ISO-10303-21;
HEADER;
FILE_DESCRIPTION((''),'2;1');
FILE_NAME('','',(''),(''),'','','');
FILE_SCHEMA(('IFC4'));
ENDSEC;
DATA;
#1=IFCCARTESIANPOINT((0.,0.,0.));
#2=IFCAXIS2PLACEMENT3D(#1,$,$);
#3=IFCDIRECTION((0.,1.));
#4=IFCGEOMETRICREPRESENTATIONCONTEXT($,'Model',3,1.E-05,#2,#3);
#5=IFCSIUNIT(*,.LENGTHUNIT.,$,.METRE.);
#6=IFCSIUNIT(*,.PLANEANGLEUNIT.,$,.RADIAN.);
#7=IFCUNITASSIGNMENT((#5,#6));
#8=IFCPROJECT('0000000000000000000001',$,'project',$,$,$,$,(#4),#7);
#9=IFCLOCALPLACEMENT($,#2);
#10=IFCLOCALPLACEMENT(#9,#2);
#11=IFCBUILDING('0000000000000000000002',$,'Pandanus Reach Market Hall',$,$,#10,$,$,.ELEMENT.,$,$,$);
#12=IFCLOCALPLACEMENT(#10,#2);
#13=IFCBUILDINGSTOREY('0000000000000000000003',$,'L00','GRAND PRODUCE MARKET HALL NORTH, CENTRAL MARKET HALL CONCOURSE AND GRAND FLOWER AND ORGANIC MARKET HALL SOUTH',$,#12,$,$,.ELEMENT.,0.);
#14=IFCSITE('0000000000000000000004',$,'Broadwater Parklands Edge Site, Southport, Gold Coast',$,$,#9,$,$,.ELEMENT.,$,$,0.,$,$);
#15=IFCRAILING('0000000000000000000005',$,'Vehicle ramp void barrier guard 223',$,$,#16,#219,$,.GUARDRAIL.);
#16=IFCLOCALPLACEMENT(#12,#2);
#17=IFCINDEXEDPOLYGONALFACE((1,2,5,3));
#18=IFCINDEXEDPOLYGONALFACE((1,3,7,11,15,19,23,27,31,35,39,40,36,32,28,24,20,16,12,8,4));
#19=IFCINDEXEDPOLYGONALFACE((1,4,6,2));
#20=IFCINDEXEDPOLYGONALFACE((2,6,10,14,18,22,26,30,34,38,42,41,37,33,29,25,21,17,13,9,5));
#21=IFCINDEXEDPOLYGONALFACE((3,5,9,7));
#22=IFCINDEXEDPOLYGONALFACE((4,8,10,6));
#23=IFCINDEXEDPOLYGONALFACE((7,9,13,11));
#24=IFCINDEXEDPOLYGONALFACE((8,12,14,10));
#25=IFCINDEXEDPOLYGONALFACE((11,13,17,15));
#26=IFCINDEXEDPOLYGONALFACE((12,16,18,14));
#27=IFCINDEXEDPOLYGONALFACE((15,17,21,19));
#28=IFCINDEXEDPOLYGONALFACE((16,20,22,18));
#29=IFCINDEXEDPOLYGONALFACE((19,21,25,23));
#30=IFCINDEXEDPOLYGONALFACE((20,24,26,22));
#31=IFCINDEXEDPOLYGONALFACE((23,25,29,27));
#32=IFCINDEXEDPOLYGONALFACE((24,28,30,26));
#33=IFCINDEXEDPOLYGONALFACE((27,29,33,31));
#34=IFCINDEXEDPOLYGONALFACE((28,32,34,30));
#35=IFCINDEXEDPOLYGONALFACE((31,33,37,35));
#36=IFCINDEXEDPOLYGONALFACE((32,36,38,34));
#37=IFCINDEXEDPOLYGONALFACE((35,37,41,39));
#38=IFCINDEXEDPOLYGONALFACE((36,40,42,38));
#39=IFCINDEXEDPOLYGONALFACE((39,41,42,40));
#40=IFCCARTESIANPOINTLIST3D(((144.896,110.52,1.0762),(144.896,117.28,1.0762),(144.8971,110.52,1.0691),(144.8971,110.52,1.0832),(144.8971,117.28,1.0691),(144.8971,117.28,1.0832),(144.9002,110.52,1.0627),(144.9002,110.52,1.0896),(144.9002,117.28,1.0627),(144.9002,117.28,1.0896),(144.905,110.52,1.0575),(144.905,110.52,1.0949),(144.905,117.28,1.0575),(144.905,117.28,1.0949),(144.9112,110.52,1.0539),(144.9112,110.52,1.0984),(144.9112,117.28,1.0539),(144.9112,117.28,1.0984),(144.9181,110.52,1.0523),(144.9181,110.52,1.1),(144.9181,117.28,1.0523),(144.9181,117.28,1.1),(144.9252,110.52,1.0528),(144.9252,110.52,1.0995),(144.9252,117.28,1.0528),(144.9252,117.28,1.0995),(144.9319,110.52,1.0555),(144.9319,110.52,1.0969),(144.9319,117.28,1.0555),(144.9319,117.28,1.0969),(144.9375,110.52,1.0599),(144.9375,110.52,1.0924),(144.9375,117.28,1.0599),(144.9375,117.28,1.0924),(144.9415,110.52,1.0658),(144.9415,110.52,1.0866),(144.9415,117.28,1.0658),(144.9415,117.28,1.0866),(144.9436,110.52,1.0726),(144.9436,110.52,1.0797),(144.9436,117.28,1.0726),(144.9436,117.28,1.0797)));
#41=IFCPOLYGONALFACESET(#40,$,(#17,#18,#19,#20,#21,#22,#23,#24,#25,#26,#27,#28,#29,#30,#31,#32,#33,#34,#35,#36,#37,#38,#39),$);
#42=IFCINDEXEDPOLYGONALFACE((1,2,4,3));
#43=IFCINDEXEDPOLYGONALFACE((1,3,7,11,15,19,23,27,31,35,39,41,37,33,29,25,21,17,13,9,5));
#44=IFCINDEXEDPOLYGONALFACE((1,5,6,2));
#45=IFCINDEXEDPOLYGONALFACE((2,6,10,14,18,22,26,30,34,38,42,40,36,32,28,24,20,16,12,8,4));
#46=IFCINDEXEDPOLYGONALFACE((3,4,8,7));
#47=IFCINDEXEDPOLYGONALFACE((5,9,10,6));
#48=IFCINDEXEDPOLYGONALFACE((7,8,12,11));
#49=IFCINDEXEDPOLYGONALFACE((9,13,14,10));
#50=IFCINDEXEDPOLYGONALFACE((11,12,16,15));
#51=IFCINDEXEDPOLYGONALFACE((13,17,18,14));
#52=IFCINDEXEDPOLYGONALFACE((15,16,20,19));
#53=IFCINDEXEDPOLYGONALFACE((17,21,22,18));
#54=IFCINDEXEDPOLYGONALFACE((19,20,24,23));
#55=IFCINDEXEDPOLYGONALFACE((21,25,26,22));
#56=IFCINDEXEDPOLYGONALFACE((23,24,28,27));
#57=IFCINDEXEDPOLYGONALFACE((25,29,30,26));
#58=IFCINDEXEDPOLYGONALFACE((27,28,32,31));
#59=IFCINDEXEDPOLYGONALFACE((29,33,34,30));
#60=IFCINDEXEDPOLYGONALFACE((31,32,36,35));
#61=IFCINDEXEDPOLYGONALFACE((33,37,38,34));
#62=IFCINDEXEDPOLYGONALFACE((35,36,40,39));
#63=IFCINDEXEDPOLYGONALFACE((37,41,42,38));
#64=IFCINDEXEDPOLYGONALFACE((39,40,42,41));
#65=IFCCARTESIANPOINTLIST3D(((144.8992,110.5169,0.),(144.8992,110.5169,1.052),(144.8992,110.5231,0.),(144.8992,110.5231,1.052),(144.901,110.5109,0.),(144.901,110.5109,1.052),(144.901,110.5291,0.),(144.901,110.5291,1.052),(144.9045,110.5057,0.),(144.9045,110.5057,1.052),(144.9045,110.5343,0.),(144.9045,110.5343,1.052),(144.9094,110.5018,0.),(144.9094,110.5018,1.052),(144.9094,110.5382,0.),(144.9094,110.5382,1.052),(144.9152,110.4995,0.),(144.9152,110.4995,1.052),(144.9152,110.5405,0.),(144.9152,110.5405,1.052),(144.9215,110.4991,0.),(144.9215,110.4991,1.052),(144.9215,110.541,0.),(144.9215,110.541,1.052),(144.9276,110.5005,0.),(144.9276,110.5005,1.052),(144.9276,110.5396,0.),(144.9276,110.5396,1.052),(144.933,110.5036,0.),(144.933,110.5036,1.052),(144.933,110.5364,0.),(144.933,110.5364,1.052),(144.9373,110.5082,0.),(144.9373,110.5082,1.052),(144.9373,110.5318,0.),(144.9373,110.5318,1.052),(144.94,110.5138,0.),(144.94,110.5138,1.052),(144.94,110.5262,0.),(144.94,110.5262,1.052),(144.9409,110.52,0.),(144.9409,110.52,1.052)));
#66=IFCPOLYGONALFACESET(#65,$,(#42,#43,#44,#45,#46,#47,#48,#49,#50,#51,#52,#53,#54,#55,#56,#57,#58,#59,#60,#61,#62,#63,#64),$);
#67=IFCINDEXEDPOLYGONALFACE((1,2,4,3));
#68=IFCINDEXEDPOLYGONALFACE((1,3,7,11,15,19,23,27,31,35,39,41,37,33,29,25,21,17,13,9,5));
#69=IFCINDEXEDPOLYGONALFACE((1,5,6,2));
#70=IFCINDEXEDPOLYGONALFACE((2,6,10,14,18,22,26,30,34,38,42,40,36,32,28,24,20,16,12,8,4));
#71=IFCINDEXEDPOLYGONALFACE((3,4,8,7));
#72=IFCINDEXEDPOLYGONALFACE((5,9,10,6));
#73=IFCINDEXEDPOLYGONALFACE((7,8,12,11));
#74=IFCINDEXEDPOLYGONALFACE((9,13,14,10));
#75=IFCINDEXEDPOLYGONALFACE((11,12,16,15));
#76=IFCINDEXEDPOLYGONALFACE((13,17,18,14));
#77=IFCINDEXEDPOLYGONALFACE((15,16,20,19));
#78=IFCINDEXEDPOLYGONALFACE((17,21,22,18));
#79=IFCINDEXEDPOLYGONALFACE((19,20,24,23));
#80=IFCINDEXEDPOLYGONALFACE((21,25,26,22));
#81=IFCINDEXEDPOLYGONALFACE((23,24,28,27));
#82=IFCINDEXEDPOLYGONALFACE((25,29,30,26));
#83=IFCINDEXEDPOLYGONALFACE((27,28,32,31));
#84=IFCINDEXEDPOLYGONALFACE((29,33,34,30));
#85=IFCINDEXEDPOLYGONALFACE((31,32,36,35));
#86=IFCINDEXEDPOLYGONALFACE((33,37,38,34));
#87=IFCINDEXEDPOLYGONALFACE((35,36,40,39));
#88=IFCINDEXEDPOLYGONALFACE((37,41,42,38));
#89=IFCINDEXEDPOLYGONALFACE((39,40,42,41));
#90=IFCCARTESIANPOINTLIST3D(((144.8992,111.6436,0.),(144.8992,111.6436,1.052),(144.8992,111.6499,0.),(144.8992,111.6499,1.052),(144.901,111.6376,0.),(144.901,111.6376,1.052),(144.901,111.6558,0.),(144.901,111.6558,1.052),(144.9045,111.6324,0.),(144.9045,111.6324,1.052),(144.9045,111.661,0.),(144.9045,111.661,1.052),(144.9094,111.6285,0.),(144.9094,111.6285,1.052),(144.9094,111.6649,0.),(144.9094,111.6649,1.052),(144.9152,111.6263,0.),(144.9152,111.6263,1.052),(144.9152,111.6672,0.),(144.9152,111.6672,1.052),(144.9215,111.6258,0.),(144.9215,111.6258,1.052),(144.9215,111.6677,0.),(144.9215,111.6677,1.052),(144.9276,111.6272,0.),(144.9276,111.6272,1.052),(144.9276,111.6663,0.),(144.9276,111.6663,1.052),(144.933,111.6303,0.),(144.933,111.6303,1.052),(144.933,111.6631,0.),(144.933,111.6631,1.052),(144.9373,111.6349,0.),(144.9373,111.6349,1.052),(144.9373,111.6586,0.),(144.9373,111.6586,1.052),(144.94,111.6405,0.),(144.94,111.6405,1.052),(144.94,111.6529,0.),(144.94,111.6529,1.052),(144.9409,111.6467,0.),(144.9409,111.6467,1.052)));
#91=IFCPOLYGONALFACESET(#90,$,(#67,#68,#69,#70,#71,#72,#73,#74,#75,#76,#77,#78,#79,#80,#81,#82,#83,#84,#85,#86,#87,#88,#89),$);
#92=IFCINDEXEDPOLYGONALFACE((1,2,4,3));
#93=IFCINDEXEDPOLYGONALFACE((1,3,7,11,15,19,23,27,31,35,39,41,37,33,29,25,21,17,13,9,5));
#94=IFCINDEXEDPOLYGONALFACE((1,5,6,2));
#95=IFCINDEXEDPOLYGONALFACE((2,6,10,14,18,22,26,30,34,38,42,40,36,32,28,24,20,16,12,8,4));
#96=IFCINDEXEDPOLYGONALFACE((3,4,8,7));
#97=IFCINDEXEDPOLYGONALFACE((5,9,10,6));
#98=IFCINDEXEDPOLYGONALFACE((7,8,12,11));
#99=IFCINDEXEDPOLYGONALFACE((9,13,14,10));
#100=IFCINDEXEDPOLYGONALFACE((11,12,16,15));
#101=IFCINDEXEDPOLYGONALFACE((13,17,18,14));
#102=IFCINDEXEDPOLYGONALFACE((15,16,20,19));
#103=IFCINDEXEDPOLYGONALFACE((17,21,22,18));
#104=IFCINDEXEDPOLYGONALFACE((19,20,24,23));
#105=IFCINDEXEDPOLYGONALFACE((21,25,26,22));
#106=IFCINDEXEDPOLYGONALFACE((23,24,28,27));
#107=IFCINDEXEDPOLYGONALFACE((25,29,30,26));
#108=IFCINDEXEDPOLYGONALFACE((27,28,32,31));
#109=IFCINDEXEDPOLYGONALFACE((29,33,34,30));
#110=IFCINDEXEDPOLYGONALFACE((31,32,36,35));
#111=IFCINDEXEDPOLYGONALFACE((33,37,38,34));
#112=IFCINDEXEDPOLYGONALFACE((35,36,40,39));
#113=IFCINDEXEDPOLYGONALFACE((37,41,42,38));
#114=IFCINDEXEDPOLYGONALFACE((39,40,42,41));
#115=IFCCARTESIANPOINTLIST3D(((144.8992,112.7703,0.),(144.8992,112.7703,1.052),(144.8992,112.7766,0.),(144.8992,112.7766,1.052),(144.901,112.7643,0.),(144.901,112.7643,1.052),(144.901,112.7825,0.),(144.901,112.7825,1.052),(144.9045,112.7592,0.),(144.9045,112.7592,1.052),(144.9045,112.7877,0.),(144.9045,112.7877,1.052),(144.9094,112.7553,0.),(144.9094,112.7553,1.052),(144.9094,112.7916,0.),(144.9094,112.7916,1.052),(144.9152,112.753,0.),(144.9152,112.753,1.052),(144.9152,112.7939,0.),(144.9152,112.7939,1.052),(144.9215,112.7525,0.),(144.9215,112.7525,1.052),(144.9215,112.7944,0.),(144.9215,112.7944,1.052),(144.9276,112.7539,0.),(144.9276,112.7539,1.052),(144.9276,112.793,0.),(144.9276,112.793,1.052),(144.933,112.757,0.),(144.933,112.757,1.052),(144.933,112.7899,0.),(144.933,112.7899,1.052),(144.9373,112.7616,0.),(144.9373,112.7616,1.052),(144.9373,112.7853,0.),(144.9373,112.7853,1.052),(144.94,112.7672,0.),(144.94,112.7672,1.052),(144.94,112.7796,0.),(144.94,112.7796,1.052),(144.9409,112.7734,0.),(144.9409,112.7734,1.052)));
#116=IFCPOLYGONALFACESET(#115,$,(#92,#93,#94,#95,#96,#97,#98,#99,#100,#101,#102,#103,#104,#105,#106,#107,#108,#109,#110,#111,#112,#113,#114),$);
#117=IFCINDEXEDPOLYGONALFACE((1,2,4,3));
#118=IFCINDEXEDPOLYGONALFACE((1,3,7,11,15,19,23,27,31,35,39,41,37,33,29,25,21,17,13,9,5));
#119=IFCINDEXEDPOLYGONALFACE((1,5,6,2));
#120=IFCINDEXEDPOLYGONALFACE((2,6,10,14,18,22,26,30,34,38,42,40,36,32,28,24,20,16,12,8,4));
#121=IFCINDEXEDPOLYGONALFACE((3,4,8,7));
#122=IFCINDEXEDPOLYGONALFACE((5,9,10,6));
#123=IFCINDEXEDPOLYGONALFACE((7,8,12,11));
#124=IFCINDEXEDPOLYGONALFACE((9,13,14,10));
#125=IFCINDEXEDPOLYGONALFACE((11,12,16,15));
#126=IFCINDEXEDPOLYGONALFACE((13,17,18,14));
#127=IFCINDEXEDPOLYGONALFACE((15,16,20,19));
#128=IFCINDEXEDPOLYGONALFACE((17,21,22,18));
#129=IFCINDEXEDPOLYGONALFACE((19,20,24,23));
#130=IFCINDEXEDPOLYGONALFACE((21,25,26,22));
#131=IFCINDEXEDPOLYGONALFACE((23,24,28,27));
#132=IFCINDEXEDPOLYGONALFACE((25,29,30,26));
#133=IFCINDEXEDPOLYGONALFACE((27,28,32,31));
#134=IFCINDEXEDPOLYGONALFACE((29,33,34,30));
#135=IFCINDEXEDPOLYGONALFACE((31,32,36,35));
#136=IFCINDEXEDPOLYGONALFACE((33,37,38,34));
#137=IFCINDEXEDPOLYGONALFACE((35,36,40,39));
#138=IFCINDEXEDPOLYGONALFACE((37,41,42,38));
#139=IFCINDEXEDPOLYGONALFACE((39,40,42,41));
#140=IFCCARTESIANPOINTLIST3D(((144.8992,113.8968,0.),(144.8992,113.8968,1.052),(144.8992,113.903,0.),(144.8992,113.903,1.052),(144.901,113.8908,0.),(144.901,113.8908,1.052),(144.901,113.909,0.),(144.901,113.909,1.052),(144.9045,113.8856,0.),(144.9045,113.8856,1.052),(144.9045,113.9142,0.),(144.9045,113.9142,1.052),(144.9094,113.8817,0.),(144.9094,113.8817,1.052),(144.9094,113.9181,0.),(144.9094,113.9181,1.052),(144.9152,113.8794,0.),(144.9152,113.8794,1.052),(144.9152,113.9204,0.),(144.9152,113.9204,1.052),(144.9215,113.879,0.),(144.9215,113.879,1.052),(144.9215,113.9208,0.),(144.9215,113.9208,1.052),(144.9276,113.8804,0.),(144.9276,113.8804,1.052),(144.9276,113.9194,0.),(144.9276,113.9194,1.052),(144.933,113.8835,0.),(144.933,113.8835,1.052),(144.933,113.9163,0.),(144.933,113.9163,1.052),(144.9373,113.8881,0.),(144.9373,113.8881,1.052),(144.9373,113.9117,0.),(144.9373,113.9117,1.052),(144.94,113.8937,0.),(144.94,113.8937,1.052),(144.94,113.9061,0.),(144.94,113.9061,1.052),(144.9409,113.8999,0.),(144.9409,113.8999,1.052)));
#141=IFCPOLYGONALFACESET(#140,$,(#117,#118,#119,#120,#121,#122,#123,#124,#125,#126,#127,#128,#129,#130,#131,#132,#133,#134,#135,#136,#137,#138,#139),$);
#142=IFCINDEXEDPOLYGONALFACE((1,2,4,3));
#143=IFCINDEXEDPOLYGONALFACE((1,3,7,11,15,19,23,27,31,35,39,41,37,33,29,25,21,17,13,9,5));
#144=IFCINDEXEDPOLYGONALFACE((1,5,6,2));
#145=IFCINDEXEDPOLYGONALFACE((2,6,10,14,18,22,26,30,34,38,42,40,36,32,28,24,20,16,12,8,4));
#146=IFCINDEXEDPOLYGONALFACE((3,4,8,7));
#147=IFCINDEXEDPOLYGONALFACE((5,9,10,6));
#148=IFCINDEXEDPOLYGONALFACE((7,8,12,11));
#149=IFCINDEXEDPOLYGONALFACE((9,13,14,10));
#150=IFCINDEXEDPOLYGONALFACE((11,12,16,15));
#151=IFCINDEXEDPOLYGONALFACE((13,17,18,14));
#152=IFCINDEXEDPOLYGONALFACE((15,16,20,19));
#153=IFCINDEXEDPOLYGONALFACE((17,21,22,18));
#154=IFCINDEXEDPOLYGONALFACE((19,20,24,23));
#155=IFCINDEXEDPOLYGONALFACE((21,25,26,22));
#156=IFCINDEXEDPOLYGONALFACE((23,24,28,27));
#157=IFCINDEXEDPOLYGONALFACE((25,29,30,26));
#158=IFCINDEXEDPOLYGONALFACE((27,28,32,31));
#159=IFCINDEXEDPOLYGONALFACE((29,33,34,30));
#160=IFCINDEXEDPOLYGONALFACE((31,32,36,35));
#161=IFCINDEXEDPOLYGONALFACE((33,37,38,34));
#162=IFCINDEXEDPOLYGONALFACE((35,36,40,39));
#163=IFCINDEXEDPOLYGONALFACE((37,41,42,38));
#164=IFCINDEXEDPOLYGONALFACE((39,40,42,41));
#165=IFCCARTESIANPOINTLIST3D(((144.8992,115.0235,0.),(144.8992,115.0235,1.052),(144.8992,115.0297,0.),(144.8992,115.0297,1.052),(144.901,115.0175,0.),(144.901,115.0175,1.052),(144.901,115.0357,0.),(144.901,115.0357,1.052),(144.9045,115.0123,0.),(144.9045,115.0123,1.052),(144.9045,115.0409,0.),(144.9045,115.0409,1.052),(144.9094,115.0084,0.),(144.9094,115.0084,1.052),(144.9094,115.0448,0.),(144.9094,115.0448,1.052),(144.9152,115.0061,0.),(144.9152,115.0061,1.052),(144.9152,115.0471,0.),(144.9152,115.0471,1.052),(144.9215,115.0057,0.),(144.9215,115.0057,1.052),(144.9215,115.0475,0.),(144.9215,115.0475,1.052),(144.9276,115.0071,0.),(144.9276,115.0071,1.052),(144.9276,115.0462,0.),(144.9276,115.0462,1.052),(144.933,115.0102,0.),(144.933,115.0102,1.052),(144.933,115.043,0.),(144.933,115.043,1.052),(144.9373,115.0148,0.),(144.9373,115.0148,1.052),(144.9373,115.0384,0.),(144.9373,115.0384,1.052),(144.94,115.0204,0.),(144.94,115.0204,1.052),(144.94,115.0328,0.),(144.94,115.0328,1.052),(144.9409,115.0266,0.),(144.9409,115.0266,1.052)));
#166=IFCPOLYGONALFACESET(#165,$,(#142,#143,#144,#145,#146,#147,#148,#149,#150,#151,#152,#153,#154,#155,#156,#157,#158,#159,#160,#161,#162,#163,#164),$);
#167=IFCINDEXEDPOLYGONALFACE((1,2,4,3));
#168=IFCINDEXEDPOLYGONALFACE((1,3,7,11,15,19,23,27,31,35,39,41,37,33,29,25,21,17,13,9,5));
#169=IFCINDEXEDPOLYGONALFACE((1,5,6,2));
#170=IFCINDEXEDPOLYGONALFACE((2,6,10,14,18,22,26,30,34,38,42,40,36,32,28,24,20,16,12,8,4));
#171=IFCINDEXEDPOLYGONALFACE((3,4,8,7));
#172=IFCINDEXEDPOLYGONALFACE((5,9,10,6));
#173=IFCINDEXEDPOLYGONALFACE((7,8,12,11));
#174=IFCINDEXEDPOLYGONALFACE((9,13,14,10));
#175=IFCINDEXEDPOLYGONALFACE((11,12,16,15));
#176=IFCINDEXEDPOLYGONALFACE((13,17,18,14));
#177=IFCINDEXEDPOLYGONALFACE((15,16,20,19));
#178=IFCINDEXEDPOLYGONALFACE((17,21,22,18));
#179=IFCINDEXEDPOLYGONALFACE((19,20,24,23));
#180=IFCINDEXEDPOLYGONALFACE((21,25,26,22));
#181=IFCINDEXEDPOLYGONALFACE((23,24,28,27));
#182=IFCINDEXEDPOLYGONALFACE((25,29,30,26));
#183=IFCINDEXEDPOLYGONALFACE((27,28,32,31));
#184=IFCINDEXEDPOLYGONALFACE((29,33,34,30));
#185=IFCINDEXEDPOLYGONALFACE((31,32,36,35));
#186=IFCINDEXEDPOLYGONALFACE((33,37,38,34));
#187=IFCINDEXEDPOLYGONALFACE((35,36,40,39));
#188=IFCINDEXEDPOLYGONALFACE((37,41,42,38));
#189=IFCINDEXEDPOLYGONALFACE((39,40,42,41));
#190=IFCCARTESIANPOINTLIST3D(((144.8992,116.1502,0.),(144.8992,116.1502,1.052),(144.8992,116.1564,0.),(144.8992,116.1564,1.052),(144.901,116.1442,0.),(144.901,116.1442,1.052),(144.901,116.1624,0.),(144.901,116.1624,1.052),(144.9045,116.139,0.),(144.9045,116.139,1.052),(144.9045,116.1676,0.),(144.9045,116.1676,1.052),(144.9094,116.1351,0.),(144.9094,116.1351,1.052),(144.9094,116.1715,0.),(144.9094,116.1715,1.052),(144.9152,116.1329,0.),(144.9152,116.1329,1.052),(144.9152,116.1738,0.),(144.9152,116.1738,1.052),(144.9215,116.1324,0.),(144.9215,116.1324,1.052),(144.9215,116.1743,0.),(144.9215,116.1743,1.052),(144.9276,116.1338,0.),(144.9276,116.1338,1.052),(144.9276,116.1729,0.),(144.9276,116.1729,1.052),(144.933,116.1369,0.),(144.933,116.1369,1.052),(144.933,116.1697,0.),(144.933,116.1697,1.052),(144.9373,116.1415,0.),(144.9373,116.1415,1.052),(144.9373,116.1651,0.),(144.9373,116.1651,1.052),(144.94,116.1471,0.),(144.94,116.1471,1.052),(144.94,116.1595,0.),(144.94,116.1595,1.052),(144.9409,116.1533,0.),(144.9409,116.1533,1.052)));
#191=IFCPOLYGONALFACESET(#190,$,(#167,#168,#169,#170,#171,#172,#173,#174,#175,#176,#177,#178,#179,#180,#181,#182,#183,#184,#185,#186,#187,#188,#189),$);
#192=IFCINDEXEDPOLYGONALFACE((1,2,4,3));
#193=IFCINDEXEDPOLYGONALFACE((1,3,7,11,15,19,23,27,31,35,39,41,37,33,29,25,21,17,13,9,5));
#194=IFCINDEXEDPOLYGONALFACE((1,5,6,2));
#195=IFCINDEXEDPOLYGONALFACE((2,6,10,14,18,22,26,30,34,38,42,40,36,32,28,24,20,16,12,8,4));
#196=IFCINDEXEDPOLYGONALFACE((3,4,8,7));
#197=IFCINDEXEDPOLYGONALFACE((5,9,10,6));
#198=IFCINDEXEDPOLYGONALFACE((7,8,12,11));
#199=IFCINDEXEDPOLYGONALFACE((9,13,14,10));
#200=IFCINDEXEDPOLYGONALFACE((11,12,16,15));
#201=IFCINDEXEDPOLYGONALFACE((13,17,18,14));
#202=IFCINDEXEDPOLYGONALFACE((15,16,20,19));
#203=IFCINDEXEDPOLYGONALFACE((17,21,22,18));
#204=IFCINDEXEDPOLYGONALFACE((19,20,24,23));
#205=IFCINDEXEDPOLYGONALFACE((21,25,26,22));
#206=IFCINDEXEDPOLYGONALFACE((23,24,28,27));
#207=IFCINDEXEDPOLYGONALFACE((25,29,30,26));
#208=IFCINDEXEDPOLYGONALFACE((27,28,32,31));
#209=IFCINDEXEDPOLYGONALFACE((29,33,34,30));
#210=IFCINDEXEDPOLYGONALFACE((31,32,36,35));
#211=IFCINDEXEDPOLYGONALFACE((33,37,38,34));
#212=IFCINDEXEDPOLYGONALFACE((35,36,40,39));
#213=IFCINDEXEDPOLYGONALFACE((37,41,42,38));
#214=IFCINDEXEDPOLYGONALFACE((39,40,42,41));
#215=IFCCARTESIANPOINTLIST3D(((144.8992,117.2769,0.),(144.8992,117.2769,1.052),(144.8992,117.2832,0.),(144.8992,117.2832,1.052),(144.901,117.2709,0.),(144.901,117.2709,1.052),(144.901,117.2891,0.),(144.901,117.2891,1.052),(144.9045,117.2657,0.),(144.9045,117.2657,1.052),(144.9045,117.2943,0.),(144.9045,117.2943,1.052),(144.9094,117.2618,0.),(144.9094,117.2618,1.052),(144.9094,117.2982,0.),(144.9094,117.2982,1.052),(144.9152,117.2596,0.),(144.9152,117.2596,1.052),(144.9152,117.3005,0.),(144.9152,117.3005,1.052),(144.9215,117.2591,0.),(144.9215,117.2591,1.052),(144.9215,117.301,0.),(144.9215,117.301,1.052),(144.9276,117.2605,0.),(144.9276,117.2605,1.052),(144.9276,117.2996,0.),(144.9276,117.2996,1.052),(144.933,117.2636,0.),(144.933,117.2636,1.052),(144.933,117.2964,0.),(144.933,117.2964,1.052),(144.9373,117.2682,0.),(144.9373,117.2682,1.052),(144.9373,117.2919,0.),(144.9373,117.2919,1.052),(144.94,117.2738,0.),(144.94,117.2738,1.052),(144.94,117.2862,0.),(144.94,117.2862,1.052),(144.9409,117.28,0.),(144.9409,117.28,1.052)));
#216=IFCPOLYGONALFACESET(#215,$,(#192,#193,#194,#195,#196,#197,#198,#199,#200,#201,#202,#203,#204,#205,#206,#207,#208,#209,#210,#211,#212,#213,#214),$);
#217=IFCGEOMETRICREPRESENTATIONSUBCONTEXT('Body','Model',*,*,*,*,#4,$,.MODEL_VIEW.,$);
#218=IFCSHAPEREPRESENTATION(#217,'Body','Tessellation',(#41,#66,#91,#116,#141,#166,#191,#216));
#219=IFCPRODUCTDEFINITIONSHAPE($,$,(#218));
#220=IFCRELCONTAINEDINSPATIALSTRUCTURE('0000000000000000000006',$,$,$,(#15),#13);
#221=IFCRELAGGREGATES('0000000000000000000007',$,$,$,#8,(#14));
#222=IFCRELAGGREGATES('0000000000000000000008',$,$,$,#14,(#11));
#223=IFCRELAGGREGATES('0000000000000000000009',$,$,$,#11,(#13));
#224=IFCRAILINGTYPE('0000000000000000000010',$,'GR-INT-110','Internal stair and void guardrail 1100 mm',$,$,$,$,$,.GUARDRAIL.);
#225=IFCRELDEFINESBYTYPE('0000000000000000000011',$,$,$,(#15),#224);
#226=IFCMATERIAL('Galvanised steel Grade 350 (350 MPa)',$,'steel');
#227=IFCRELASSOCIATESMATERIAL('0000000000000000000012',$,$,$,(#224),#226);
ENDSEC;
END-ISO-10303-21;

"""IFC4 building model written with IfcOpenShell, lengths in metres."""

from ifc_helpers import new_model, si_unit, direction, frame, origin, origin_2d, place, context, subcontext, project, spatial, circle, extrude, material, type_object, element, save


model = new_model("IFC4")

# Units and contexts
model_context = context("Model", 3, precision=1e-05, world=origin(), true_north=direction((0.0, 1.0)))
body_context = subcontext(model_context, "Body", "Model", "MODEL_VIEW")
ifc_project = project(units=[si_unit("LENGTHUNIT", "METRE"), si_unit("PLANEANGLEUNIT", "RADIAN")], contexts=[model_context])

# Site, building, storey
site_placement = place(None, origin())
site = spatial("IfcSite", under=ifc_project, at=site_placement, Name="Broadwater Parklands Edge Site, Southport, Gold Coast", CompositionType="ELEMENT", RefElevation=0.0)
building_placement = place(site_placement, origin())
building = spatial("IfcBuilding", under=site, at=building_placement, Name="Pandanus Reach Market Hall", CompositionType="ELEMENT")
storey_placement = place(building_placement, origin())
storey = spatial("IfcBuildingStorey", under=building, at=storey_placement, Name="L00", Description="GRAND PRODUCE MARKET HALL NORTH, CENTRAL MARKET HALL CONCOURSE AND GRAND FLOWER AND ORGANIC MARKET HALL SOUTH", CompositionType="ELEMENT", Elevation=0.0)

# Shared definitions
ifc_material_1 = material(Name="Galvanised steel Grade 350 (350 MPa)", Category="steel")

# Railing
railing_type = type_object("IfcRailingType", Name="GR-INT-110", Description="Internal stair and void guardrail 1100 mm", PredefinedType="GUARDRAIL", material=ifc_material_1)
railing_1_placement = place(storey_placement, frame((144.9199, 110.52, 0.0)))
element("IfcRailing", 1, at=railing_1_placement, inside=storey, type_object=railing_type, Name="Vehicle ramp void barrier guard 223", PredefinedType="GUARDRAIL", context=body_context, shape_type="SweptSolid", body=[
    extrude(circle(Radius=0.0239, at=origin_2d()), frame((0.0, 0.0, 1.0762), z_axis=(0.0, 1.0, 0.0), x_axis=(-1.0, 0.0, 0.0)), (0.0, 0.0, 1.0), 6.76),
    extrude(circle(Radius=0.021, at=origin_2d()), origin(), (0.0, 0.0, 1.0), 1.052),
    extrude(circle(Radius=0.021, at=origin_2d()), frame((0.0, 1.1267, 0.0)), (0.0, 0.0, 1.0), 1.052),
    extrude(circle(Radius=0.021, at=origin_2d()), frame((0.0, 2.2534, 0.0)), (0.0, 0.0, 1.0), 1.052),
    extrude(circle(Radius=0.021, at=origin_2d()), frame((0.0, 3.3799, 0.0)), (0.0, 0.0, 1.0), 1.052),
    extrude(circle(Radius=0.021, at=origin_2d()), frame((0.0, 4.5066, 0.0)), (0.0, 0.0, 1.0), 1.052),
    extrude(circle(Radius=0.021, at=origin_2d()), frame((0.0, 5.6333, 0.0)), (0.0, 0.0, 1.0), 1.052),
    extrude(circle(Radius=0.021, at=origin_2d()), frame((0.0, 6.76, 0.0)), (0.0, 0.0, 1.0), 1.052),
])

save(model, "model.ifc")
